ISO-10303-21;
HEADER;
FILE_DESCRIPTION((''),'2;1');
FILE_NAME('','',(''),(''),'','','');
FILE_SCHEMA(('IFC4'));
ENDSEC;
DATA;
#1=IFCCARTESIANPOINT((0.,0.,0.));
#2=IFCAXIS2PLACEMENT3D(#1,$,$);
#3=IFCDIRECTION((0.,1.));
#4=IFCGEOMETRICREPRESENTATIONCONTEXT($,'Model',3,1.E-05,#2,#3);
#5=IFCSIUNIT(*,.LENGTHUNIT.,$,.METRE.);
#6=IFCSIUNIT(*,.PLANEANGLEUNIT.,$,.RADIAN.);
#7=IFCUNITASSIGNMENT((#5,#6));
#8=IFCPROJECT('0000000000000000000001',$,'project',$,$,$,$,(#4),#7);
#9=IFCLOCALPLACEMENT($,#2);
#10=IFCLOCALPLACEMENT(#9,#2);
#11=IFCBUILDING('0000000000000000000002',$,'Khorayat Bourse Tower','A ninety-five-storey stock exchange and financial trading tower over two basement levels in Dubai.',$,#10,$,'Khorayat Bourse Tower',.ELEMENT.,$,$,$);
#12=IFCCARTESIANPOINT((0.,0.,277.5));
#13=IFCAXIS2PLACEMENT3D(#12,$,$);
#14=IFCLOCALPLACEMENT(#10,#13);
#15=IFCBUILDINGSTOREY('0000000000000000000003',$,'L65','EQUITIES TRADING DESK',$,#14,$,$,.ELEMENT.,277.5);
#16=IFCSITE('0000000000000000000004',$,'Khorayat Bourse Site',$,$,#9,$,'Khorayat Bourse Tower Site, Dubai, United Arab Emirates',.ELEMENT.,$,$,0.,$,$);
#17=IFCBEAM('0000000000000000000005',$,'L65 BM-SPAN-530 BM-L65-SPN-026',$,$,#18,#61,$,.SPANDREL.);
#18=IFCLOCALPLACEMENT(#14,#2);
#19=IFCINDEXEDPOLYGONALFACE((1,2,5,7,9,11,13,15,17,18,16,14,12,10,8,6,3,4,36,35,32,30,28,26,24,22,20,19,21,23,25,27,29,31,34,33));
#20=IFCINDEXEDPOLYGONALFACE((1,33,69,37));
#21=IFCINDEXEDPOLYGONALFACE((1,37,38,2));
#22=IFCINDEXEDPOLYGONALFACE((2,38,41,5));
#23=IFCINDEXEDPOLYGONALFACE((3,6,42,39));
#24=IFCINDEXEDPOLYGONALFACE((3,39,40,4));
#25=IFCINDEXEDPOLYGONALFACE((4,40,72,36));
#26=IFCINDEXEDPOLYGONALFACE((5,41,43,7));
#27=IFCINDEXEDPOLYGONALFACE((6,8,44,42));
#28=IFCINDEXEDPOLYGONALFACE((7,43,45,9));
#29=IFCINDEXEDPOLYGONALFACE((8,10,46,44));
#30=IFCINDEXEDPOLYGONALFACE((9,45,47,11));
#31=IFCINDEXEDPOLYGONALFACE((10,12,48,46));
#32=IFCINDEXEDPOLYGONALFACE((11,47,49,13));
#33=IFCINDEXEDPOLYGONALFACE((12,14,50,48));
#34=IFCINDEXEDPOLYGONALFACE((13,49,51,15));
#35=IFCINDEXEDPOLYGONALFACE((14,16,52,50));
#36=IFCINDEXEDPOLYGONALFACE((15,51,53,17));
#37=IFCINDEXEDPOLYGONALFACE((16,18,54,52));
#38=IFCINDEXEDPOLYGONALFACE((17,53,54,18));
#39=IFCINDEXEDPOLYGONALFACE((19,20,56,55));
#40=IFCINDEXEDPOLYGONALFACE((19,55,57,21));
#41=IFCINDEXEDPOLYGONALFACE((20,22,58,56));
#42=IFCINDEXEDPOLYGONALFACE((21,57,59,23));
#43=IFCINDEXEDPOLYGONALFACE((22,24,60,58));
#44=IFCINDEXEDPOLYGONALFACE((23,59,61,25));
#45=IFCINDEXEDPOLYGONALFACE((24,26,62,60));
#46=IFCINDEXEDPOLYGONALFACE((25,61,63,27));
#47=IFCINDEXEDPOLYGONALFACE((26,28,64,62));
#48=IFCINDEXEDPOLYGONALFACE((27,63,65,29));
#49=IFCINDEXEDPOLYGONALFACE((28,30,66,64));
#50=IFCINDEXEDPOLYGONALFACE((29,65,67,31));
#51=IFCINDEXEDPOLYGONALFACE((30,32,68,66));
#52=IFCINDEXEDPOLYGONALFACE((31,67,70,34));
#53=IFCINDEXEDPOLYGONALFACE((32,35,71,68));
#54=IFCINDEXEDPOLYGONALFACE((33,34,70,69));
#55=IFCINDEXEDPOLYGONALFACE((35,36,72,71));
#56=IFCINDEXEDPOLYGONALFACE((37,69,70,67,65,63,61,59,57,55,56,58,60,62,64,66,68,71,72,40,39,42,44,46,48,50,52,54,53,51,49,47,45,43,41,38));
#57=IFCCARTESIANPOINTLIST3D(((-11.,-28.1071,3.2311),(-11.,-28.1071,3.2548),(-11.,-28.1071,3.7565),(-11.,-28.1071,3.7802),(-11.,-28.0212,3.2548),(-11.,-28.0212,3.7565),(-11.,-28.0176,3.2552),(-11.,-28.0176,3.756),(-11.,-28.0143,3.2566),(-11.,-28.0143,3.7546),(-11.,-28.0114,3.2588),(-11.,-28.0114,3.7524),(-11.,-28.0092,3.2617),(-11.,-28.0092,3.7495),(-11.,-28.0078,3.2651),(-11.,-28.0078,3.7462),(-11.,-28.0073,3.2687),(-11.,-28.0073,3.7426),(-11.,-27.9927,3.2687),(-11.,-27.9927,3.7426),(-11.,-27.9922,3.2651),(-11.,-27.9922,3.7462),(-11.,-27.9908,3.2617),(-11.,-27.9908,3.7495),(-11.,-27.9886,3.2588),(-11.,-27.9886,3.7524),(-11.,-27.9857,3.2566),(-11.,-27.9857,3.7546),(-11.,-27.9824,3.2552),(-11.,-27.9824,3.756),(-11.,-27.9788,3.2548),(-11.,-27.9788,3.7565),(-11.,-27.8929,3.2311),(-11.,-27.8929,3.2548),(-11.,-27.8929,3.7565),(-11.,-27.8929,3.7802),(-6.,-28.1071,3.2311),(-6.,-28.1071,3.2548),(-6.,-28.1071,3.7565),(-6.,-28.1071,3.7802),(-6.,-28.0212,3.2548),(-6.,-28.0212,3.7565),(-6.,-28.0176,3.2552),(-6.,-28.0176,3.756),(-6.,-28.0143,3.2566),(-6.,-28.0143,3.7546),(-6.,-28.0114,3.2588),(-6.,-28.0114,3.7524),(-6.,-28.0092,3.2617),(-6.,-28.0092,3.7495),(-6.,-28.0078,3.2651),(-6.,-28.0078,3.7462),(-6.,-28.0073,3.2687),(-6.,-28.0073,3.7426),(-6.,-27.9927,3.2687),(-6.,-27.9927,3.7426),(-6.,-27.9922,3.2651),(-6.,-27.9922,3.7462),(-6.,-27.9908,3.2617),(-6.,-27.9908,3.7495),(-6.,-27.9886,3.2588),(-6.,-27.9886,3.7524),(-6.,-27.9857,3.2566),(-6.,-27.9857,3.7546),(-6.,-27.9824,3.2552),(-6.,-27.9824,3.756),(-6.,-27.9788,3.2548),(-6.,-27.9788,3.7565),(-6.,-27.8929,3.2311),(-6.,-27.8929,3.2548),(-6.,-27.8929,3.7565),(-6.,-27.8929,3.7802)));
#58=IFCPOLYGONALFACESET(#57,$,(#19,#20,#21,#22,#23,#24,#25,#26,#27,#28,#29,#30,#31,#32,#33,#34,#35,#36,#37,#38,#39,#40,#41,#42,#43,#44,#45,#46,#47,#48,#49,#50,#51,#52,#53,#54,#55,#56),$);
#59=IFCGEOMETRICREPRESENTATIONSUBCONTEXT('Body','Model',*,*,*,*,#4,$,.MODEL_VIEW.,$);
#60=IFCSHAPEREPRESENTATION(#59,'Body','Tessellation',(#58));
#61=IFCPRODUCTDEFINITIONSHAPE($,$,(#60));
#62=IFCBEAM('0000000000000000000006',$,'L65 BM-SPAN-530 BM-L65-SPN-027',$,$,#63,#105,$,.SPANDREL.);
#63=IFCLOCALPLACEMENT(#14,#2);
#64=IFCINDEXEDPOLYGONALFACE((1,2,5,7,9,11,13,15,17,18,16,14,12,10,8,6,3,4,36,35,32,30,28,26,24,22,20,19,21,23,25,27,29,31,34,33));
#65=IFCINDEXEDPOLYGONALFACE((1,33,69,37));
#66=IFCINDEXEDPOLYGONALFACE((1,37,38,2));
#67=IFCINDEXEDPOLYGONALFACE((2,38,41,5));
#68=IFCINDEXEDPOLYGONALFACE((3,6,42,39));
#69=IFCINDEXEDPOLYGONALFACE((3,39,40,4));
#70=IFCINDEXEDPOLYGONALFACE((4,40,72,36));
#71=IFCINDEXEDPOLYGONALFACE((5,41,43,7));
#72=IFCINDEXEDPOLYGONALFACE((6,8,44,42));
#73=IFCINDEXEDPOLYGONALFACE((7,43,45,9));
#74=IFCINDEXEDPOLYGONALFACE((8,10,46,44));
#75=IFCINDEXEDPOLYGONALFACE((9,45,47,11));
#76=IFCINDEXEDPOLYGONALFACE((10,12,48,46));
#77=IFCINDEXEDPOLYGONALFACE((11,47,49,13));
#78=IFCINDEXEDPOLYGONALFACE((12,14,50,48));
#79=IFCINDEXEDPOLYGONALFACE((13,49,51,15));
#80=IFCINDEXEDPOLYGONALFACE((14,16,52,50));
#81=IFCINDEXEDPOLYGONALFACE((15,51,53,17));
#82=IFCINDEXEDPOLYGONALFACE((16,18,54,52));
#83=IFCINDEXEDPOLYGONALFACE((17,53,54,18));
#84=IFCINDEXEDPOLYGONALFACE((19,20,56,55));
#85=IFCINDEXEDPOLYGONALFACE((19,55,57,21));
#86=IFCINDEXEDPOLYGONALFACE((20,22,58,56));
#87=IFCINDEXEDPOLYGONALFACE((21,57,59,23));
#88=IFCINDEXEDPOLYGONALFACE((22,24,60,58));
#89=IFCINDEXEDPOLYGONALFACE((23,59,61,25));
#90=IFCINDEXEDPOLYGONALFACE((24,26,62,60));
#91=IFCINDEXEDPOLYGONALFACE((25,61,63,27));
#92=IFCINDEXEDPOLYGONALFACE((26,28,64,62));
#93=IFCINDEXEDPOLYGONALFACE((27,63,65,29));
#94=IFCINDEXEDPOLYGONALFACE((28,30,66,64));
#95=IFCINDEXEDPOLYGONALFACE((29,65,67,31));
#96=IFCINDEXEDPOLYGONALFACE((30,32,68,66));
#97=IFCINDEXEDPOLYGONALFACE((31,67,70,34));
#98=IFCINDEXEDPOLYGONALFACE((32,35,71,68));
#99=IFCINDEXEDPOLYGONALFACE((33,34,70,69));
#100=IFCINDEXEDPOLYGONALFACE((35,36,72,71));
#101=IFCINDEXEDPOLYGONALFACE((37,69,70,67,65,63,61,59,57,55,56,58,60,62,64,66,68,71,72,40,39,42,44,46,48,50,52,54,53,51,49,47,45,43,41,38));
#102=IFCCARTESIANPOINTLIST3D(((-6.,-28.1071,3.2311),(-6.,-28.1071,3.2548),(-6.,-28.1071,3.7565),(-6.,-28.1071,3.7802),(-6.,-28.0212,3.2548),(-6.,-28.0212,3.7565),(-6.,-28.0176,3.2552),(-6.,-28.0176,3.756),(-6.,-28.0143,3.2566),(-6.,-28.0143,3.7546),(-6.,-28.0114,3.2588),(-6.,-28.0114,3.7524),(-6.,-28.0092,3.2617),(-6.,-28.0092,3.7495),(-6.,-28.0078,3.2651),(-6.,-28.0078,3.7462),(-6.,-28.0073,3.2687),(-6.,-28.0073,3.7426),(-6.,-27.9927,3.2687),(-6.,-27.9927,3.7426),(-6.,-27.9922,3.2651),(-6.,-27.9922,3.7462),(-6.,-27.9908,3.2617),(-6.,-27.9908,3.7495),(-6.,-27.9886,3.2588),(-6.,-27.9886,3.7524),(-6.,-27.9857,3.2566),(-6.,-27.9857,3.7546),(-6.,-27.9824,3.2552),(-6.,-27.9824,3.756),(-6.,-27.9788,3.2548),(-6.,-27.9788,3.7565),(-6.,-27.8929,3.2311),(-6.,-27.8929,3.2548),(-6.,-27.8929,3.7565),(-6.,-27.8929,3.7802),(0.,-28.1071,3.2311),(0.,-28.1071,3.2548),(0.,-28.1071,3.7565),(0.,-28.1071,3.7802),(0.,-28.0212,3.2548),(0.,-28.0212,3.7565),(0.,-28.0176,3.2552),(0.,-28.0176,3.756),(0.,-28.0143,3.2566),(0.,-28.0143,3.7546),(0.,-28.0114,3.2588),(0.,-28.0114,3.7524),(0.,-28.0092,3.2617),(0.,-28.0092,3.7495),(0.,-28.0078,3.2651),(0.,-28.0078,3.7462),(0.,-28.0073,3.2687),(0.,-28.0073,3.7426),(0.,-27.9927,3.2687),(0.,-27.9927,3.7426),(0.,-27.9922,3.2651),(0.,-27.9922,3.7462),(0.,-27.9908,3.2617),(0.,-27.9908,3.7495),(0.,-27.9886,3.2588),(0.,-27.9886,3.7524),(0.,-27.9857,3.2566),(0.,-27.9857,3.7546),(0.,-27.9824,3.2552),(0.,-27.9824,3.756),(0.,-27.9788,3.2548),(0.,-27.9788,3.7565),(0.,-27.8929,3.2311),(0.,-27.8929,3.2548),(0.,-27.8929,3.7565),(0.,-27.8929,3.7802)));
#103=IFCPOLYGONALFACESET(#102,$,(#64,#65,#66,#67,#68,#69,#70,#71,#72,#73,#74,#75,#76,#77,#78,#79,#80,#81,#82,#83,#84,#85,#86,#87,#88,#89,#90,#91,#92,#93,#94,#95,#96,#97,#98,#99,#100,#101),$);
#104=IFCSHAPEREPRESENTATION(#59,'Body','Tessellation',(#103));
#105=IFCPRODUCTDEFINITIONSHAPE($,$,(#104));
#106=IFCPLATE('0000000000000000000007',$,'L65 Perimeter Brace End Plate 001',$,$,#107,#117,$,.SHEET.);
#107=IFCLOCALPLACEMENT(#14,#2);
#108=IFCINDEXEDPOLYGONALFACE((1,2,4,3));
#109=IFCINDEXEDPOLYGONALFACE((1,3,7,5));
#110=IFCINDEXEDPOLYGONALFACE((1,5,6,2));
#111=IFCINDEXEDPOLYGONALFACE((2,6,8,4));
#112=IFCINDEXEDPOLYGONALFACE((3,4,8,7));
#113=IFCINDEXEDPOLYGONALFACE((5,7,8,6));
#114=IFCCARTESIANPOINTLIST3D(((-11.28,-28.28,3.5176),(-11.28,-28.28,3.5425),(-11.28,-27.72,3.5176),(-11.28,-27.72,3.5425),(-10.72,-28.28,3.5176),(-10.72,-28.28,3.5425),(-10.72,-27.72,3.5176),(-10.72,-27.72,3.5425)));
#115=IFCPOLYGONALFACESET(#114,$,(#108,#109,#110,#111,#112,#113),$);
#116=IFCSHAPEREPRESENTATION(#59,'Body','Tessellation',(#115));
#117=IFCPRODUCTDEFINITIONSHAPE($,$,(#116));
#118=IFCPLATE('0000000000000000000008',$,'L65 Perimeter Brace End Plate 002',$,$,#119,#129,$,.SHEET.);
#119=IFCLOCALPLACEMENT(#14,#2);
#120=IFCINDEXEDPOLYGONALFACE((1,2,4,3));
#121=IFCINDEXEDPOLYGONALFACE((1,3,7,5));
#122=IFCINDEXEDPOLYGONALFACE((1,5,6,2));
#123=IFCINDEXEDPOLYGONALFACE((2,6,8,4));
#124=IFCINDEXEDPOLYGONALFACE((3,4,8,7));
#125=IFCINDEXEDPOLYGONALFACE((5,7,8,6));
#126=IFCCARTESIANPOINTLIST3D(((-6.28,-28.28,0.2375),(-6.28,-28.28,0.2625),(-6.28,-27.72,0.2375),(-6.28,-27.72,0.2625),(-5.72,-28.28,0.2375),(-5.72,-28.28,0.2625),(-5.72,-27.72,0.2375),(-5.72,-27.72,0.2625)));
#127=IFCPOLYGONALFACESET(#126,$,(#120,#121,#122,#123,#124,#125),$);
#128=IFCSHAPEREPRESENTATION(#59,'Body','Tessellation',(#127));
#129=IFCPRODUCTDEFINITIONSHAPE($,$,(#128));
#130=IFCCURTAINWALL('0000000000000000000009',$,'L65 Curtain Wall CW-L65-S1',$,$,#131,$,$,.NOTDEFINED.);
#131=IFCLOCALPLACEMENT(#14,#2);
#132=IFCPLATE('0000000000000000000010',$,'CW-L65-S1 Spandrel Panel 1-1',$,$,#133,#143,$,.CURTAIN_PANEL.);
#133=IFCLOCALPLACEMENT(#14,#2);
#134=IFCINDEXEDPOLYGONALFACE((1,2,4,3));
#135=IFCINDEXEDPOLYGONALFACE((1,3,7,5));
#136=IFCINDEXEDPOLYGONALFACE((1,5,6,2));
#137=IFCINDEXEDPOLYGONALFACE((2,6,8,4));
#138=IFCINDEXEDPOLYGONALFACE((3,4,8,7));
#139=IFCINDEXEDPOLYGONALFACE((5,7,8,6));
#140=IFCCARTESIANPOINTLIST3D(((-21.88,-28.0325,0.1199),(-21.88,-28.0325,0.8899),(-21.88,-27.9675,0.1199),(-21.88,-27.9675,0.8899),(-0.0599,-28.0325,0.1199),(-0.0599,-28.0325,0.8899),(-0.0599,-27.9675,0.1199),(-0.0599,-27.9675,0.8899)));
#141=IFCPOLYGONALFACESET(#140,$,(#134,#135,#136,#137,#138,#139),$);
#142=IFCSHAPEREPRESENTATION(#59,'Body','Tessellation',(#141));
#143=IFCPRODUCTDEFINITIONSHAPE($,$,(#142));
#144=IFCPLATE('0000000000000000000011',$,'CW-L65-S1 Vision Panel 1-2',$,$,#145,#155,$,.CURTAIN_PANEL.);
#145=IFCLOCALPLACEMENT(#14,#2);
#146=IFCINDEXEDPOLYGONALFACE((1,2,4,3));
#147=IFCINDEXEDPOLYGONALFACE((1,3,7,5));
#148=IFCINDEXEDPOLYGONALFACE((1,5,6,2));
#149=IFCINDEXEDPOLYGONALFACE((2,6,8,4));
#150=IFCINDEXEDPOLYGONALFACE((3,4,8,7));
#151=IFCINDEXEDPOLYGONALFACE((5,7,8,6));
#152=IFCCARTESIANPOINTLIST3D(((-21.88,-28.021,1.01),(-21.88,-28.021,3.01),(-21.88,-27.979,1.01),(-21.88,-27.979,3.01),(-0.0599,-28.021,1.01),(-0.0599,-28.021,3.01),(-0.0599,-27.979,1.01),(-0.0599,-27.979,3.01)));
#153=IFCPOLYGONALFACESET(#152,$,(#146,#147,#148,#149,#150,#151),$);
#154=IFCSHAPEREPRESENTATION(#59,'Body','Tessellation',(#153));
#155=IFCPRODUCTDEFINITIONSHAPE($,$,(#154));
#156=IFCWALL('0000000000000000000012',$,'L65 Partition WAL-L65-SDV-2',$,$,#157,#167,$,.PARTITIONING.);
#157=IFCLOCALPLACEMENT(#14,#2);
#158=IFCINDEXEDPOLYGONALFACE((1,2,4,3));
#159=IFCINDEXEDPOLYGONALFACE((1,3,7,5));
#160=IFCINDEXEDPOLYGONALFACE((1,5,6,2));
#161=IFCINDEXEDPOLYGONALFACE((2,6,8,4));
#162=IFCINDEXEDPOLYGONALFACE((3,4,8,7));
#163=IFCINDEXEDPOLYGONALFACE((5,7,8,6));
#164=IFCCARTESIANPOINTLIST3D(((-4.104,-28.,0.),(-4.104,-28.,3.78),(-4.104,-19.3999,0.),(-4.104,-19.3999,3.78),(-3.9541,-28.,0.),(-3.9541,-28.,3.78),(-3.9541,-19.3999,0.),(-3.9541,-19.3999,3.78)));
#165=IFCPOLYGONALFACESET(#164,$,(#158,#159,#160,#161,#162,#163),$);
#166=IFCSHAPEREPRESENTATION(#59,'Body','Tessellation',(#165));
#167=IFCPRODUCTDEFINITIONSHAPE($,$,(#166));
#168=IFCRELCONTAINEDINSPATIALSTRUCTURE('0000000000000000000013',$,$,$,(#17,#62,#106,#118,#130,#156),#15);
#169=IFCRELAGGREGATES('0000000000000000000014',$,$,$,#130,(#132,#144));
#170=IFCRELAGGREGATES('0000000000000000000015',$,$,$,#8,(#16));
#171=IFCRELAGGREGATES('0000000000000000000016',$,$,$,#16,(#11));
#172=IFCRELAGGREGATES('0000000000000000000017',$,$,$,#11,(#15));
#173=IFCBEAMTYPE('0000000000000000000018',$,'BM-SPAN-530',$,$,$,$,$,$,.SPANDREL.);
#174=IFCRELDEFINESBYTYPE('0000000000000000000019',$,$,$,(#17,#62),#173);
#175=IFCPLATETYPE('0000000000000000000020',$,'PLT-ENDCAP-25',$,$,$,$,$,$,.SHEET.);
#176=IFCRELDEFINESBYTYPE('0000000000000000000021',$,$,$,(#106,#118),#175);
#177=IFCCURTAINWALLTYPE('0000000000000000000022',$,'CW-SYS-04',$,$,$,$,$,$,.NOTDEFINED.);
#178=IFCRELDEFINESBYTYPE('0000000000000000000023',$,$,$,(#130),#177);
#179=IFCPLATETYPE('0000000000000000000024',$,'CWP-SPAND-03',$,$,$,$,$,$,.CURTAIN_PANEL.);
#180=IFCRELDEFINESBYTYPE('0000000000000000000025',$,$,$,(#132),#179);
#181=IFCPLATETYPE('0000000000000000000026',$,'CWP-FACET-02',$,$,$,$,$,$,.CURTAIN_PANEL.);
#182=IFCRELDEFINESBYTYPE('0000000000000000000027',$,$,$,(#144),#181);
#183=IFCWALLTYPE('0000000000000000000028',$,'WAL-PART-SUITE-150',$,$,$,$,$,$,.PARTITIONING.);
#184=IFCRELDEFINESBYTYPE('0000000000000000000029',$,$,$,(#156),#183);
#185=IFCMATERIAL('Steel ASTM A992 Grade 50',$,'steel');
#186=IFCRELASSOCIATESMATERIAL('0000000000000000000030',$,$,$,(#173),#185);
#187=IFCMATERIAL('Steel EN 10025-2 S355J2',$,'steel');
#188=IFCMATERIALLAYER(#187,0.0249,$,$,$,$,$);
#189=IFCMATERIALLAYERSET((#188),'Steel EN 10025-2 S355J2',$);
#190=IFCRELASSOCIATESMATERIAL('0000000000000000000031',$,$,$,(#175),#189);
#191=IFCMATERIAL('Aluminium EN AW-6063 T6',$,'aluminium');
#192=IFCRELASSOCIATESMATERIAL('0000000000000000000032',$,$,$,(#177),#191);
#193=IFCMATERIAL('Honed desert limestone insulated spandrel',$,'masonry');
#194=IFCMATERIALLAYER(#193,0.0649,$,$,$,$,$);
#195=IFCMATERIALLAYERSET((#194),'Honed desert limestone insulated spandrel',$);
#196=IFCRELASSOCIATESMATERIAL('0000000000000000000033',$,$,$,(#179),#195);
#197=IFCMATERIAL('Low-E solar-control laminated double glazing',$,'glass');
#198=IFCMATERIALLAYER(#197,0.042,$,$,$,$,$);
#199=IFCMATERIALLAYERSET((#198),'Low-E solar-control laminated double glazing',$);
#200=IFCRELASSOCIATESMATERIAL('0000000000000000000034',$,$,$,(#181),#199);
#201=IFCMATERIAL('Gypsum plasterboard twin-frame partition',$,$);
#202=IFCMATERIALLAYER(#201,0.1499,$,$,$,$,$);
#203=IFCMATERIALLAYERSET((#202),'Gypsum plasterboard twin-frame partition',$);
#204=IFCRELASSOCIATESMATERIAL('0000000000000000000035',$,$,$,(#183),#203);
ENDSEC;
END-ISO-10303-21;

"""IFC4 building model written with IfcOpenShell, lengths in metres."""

from ifc_helpers import new_model, si_unit, direction, frame, frame_2d, origin, origin_2d, place, context, subcontext, project, spatial, rectangle, i_section, extrude, source, transform, mapped, material, layer, layer_set, material_profile, profile_set, type_object, element, aggregate, save


model = new_model("IFC4")

# Units and contexts
model_context = context("Model", 3, precision=1e-05, world=origin(), true_north=direction((0.0, 1.0)))
body_context = subcontext(model_context, "Body", "Model", "MODEL_VIEW")
ifc_project = project(units=[si_unit("LENGTHUNIT", "METRE"), si_unit("PLANEANGLEUNIT", "RADIAN")], contexts=[model_context])

# Site, building, storey
site_placement = place(None, origin())
site = spatial("IfcSite", under=ifc_project, at=site_placement, Name="Khorayat Bourse Site", LongName="Khorayat Bourse Tower Site, Dubai, United Arab Emirates", CompositionType="ELEMENT", RefElevation=0.0)
building_placement = place(site_placement, origin())
building = spatial("IfcBuilding", under=site, at=building_placement, Name="Khorayat Bourse Tower", Description="A ninety-five-storey stock exchange and financial trading tower over two basement levels in Dubai.", LongName="Khorayat Bourse Tower", CompositionType="ELEMENT")
storey_placement = place(building_placement, frame((0.0, 0.0, 277.5)))
storey = spatial("IfcBuildingStorey", under=building, at=storey_placement, Name="L65", Description="EQUITIES TRADING DESK", CompositionType="ELEMENT", Elevation=277.5)

# Beams
ifc_material_1 = material(Name="Steel ASTM A992 Grade 50", Category="steel")
ifc_material_profile_1 = material_profile(ifc_material_1, i_section(OverallWidth=0.2141, OverallDepth=0.5491, WebThickness=0.0146, FlangeThickness=0.0237, FilletRadius=0.0139, at=origin_2d()), Name="W530X138")
ifc_profile_set_1 = profile_set([ifc_material_profile_1], Name="Steel ASTM A992 Grade 50")
beam_type_1 = type_object("IfcBeamType", Name="BM-SPAN-530", PredefinedType="SPANDREL", material=ifc_profile_set_1)
shared_shape_1 = source(origin(), body_context, "Body", "SweptSolid", [
    extrude(i_section(OverallWidth=0.2141, OverallDepth=0.5491, WebThickness=0.0146, FlangeThickness=0.0237, FilletRadius=0.0139, at=origin_2d()), origin(), (0.0, 0.0, 1.0), 5.0),
])
beam_1_placement = place(storey_placement, frame((-11.0, -28.0, 3.5056), z_axis=(1.0, 0.0, 0.0), x_axis=(0.0, 1.0, 0.0)))
element("IfcBeam", 1, at=beam_1_placement, inside=storey, type_object=beam_type_1, Name="L65 BM-SPAN-530 BM-L65-SPN-026", PredefinedType="SPANDREL", context=body_context, shape_type="MappedRepresentation", body=[
    mapped(shared_shape_1, transform((0.0, 0.0, 0.0), scale=1.0)),
])
shared_shape_2 = source(origin(), body_context, "Body", "SweptSolid", [
    extrude(i_section(OverallWidth=0.2141, OverallDepth=0.5491, WebThickness=0.0146, FlangeThickness=0.0237, FilletRadius=0.0139, at=origin_2d()), origin(), (0.0, 0.0, 1.0), 6.0),
])
beam_2_placement = place(storey_placement, frame((-6.0, -28.0, 3.5056), z_axis=(1.0, 0.0, 0.0), x_axis=(0.0, 1.0, 0.0)))
element("IfcBeam", 2, at=beam_2_placement, inside=storey, type_object=beam_type_1, Name="L65 BM-SPAN-530 BM-L65-SPN-027", PredefinedType="SPANDREL", context=body_context, shape_type="MappedRepresentation", body=[
    mapped(shared_shape_2, transform((0.0, 0.0, 0.0), scale=1.0)),
])

# Plates
ifc_material_2 = material(Name="Steel EN 10025-2 S355J2", Category="steel")
ifc_layer_1 = layer(ifc_material_2, 0.0249)
ifc_layer_set_1 = layer_set([ifc_layer_1], Name="Steel EN 10025-2 S355J2")
plate_type_1 = type_object("IfcPlateType", Name="PLT-ENDCAP-25", PredefinedType="SHEET", material=ifc_layer_set_1)
shared_shape_3 = source(origin(), body_context, "Body", "SweptSolid", [
    extrude(rectangle(XDim=0.5601, YDim=0.5601, at=origin_2d()), origin(), (0.0, 0.0, 1.0), 0.0249),
])
for number, where, z_axis, x_axis, name in (
    (3, (-11.0, -28.0, 3.5176), (0.0, 0.0, 1.0), (1.0, 0.0, 0.0), "L65 Perimeter Brace End Plate 001"),
    (4, (-6.0, -28.0, 0.2375), (0.0, 0.0, 1.0), (1.0, 0.0, 0.0), "L65 Perimeter Brace End Plate 002"),
):
    element("IfcPlate", number, at=place(storey_placement, frame(where, z_axis=z_axis, x_axis=x_axis)), inside=storey, type_object=plate_type_1, Name=name, PredefinedType="SHEET", context=body_context, shape_type="MappedRepresentation", body=[
        mapped(shared_shape_3, transform((0.0, 0.0, 0.0), scale=1.0)),
    ])

# Curtain wall, plates
ifc_material_3 = material(Name="Aluminium EN AW-6063 T6", Category="aluminium")
curtain_wall_type = type_object("IfcCurtainWallType", Name="CW-SYS-04", PredefinedType="NOTDEFINED", material=ifc_material_3)
curtain_wall_placement = place(storey_placement, origin())
curtain_wall = element("IfcCurtainWall", 5, at=curtain_wall_placement, inside=storey, type_object=curtain_wall_type, Name="L65 Curtain Wall CW-L65-S1", PredefinedType="NOTDEFINED")
ifc_material_4 = material(Name="Honed desert limestone insulated spandrel", Category="masonry")
ifc_layer_2 = layer(ifc_material_4, 0.0649)
ifc_layer_set_2 = layer_set([ifc_layer_2], Name="Honed desert limestone insulated spandrel")
plate_type_2 = type_object("IfcPlateType", Name="CWP-SPAND-03", PredefinedType="CURTAIN_PANEL", material=ifc_layer_set_2)
shared_shape_4 = source(origin(), body_context, "Body", "SweptSolid", [
    extrude(rectangle(XDim=21.8201, YDim=0.0649, at=origin_2d()), origin(), (0.0, 0.0, 1.0), 0.77),
])
plate_1_placement = place(storey_placement, frame((-10.97, -28.0, 0.1199), z_axis=(0.0, 0.0, 1.0), x_axis=(1.0, 0.0, 0.0)))
plate_1 = element("IfcPlate", 6, at=plate_1_placement, type_object=plate_type_2, Name="CW-L65-S1 Spandrel Panel 1-1", PredefinedType="CURTAIN_PANEL", context=body_context, shape_type="MappedRepresentation", body=[
    mapped(shared_shape_4, transform((0.0, 0.0, 0.0), scale=1.0)),
])
ifc_material_5 = material(Name="Low-E solar-control laminated double glazing", Category="glass")
ifc_layer_3 = layer(ifc_material_5, 0.042)
ifc_layer_set_3 = layer_set([ifc_layer_3], Name="Low-E solar-control laminated double glazing")
plate_type_3 = type_object("IfcPlateType", Name="CWP-FACET-02", PredefinedType="CURTAIN_PANEL", material=ifc_layer_set_3)
shared_shape_5 = source(origin(), body_context, "Body", "SweptSolid", [
    extrude(rectangle(XDim=21.8201, YDim=0.042, at=origin_2d()), origin(), (0.0, 0.0, 1.0), 2.0),
])
plate_2_placement = place(storey_placement, frame((-10.97, -28.0, 1.01), z_axis=(0.0, 0.0, 1.0), x_axis=(1.0, 0.0, 0.0)))
plate_2 = element("IfcPlate", 7, at=plate_2_placement, type_object=plate_type_3, Name="CW-L65-S1 Vision Panel 1-2", PredefinedType="CURTAIN_PANEL", context=body_context, shape_type="MappedRepresentation", body=[
    mapped(shared_shape_5, transform((0.0, 0.0, 0.0), scale=1.0)),
])
aggregate(curtain_wall, [plate_1, plate_2])

# Wall
ifc_material_6 = material(Name="Gypsum plasterboard twin-frame partition")
ifc_layer_4 = layer(ifc_material_6, 0.1499)
ifc_layer_set_4 = layer_set([ifc_layer_4], Name="Gypsum plasterboard twin-frame partition")
wall_type_1 = type_object("IfcWallType", Name="WAL-PART-SUITE-150", PredefinedType="PARTITIONING", material=ifc_layer_set_4)
shared_shape_6 = source(origin(), body_context, "Body", "SweptSolid", [
    extrude(rectangle(XDim=8.6001, YDim=0.1499, at=frame_2d((4.3, 0.0))), origin(), (0.0, 0.0, 1.0), 3.78),
])
wall_1_placement = place(storey_placement, frame((-4.0291, -28.0, 0.0), z_axis=(0.0, 0.0, 1.0), x_axis=(0.0, 1.0, 0.0)))
element("IfcWall", 8, at=wall_1_placement, inside=storey, type_object=wall_type_1, Name="L65 Partition WAL-L65-SDV-2", PredefinedType="PARTITIONING", context=body_context, shape_type="MappedRepresentation", body=[
    mapped(shared_shape_6, transform((0.0, 0.0, 0.0), scale=1.0)),
])

save(model, "model.ifc")
